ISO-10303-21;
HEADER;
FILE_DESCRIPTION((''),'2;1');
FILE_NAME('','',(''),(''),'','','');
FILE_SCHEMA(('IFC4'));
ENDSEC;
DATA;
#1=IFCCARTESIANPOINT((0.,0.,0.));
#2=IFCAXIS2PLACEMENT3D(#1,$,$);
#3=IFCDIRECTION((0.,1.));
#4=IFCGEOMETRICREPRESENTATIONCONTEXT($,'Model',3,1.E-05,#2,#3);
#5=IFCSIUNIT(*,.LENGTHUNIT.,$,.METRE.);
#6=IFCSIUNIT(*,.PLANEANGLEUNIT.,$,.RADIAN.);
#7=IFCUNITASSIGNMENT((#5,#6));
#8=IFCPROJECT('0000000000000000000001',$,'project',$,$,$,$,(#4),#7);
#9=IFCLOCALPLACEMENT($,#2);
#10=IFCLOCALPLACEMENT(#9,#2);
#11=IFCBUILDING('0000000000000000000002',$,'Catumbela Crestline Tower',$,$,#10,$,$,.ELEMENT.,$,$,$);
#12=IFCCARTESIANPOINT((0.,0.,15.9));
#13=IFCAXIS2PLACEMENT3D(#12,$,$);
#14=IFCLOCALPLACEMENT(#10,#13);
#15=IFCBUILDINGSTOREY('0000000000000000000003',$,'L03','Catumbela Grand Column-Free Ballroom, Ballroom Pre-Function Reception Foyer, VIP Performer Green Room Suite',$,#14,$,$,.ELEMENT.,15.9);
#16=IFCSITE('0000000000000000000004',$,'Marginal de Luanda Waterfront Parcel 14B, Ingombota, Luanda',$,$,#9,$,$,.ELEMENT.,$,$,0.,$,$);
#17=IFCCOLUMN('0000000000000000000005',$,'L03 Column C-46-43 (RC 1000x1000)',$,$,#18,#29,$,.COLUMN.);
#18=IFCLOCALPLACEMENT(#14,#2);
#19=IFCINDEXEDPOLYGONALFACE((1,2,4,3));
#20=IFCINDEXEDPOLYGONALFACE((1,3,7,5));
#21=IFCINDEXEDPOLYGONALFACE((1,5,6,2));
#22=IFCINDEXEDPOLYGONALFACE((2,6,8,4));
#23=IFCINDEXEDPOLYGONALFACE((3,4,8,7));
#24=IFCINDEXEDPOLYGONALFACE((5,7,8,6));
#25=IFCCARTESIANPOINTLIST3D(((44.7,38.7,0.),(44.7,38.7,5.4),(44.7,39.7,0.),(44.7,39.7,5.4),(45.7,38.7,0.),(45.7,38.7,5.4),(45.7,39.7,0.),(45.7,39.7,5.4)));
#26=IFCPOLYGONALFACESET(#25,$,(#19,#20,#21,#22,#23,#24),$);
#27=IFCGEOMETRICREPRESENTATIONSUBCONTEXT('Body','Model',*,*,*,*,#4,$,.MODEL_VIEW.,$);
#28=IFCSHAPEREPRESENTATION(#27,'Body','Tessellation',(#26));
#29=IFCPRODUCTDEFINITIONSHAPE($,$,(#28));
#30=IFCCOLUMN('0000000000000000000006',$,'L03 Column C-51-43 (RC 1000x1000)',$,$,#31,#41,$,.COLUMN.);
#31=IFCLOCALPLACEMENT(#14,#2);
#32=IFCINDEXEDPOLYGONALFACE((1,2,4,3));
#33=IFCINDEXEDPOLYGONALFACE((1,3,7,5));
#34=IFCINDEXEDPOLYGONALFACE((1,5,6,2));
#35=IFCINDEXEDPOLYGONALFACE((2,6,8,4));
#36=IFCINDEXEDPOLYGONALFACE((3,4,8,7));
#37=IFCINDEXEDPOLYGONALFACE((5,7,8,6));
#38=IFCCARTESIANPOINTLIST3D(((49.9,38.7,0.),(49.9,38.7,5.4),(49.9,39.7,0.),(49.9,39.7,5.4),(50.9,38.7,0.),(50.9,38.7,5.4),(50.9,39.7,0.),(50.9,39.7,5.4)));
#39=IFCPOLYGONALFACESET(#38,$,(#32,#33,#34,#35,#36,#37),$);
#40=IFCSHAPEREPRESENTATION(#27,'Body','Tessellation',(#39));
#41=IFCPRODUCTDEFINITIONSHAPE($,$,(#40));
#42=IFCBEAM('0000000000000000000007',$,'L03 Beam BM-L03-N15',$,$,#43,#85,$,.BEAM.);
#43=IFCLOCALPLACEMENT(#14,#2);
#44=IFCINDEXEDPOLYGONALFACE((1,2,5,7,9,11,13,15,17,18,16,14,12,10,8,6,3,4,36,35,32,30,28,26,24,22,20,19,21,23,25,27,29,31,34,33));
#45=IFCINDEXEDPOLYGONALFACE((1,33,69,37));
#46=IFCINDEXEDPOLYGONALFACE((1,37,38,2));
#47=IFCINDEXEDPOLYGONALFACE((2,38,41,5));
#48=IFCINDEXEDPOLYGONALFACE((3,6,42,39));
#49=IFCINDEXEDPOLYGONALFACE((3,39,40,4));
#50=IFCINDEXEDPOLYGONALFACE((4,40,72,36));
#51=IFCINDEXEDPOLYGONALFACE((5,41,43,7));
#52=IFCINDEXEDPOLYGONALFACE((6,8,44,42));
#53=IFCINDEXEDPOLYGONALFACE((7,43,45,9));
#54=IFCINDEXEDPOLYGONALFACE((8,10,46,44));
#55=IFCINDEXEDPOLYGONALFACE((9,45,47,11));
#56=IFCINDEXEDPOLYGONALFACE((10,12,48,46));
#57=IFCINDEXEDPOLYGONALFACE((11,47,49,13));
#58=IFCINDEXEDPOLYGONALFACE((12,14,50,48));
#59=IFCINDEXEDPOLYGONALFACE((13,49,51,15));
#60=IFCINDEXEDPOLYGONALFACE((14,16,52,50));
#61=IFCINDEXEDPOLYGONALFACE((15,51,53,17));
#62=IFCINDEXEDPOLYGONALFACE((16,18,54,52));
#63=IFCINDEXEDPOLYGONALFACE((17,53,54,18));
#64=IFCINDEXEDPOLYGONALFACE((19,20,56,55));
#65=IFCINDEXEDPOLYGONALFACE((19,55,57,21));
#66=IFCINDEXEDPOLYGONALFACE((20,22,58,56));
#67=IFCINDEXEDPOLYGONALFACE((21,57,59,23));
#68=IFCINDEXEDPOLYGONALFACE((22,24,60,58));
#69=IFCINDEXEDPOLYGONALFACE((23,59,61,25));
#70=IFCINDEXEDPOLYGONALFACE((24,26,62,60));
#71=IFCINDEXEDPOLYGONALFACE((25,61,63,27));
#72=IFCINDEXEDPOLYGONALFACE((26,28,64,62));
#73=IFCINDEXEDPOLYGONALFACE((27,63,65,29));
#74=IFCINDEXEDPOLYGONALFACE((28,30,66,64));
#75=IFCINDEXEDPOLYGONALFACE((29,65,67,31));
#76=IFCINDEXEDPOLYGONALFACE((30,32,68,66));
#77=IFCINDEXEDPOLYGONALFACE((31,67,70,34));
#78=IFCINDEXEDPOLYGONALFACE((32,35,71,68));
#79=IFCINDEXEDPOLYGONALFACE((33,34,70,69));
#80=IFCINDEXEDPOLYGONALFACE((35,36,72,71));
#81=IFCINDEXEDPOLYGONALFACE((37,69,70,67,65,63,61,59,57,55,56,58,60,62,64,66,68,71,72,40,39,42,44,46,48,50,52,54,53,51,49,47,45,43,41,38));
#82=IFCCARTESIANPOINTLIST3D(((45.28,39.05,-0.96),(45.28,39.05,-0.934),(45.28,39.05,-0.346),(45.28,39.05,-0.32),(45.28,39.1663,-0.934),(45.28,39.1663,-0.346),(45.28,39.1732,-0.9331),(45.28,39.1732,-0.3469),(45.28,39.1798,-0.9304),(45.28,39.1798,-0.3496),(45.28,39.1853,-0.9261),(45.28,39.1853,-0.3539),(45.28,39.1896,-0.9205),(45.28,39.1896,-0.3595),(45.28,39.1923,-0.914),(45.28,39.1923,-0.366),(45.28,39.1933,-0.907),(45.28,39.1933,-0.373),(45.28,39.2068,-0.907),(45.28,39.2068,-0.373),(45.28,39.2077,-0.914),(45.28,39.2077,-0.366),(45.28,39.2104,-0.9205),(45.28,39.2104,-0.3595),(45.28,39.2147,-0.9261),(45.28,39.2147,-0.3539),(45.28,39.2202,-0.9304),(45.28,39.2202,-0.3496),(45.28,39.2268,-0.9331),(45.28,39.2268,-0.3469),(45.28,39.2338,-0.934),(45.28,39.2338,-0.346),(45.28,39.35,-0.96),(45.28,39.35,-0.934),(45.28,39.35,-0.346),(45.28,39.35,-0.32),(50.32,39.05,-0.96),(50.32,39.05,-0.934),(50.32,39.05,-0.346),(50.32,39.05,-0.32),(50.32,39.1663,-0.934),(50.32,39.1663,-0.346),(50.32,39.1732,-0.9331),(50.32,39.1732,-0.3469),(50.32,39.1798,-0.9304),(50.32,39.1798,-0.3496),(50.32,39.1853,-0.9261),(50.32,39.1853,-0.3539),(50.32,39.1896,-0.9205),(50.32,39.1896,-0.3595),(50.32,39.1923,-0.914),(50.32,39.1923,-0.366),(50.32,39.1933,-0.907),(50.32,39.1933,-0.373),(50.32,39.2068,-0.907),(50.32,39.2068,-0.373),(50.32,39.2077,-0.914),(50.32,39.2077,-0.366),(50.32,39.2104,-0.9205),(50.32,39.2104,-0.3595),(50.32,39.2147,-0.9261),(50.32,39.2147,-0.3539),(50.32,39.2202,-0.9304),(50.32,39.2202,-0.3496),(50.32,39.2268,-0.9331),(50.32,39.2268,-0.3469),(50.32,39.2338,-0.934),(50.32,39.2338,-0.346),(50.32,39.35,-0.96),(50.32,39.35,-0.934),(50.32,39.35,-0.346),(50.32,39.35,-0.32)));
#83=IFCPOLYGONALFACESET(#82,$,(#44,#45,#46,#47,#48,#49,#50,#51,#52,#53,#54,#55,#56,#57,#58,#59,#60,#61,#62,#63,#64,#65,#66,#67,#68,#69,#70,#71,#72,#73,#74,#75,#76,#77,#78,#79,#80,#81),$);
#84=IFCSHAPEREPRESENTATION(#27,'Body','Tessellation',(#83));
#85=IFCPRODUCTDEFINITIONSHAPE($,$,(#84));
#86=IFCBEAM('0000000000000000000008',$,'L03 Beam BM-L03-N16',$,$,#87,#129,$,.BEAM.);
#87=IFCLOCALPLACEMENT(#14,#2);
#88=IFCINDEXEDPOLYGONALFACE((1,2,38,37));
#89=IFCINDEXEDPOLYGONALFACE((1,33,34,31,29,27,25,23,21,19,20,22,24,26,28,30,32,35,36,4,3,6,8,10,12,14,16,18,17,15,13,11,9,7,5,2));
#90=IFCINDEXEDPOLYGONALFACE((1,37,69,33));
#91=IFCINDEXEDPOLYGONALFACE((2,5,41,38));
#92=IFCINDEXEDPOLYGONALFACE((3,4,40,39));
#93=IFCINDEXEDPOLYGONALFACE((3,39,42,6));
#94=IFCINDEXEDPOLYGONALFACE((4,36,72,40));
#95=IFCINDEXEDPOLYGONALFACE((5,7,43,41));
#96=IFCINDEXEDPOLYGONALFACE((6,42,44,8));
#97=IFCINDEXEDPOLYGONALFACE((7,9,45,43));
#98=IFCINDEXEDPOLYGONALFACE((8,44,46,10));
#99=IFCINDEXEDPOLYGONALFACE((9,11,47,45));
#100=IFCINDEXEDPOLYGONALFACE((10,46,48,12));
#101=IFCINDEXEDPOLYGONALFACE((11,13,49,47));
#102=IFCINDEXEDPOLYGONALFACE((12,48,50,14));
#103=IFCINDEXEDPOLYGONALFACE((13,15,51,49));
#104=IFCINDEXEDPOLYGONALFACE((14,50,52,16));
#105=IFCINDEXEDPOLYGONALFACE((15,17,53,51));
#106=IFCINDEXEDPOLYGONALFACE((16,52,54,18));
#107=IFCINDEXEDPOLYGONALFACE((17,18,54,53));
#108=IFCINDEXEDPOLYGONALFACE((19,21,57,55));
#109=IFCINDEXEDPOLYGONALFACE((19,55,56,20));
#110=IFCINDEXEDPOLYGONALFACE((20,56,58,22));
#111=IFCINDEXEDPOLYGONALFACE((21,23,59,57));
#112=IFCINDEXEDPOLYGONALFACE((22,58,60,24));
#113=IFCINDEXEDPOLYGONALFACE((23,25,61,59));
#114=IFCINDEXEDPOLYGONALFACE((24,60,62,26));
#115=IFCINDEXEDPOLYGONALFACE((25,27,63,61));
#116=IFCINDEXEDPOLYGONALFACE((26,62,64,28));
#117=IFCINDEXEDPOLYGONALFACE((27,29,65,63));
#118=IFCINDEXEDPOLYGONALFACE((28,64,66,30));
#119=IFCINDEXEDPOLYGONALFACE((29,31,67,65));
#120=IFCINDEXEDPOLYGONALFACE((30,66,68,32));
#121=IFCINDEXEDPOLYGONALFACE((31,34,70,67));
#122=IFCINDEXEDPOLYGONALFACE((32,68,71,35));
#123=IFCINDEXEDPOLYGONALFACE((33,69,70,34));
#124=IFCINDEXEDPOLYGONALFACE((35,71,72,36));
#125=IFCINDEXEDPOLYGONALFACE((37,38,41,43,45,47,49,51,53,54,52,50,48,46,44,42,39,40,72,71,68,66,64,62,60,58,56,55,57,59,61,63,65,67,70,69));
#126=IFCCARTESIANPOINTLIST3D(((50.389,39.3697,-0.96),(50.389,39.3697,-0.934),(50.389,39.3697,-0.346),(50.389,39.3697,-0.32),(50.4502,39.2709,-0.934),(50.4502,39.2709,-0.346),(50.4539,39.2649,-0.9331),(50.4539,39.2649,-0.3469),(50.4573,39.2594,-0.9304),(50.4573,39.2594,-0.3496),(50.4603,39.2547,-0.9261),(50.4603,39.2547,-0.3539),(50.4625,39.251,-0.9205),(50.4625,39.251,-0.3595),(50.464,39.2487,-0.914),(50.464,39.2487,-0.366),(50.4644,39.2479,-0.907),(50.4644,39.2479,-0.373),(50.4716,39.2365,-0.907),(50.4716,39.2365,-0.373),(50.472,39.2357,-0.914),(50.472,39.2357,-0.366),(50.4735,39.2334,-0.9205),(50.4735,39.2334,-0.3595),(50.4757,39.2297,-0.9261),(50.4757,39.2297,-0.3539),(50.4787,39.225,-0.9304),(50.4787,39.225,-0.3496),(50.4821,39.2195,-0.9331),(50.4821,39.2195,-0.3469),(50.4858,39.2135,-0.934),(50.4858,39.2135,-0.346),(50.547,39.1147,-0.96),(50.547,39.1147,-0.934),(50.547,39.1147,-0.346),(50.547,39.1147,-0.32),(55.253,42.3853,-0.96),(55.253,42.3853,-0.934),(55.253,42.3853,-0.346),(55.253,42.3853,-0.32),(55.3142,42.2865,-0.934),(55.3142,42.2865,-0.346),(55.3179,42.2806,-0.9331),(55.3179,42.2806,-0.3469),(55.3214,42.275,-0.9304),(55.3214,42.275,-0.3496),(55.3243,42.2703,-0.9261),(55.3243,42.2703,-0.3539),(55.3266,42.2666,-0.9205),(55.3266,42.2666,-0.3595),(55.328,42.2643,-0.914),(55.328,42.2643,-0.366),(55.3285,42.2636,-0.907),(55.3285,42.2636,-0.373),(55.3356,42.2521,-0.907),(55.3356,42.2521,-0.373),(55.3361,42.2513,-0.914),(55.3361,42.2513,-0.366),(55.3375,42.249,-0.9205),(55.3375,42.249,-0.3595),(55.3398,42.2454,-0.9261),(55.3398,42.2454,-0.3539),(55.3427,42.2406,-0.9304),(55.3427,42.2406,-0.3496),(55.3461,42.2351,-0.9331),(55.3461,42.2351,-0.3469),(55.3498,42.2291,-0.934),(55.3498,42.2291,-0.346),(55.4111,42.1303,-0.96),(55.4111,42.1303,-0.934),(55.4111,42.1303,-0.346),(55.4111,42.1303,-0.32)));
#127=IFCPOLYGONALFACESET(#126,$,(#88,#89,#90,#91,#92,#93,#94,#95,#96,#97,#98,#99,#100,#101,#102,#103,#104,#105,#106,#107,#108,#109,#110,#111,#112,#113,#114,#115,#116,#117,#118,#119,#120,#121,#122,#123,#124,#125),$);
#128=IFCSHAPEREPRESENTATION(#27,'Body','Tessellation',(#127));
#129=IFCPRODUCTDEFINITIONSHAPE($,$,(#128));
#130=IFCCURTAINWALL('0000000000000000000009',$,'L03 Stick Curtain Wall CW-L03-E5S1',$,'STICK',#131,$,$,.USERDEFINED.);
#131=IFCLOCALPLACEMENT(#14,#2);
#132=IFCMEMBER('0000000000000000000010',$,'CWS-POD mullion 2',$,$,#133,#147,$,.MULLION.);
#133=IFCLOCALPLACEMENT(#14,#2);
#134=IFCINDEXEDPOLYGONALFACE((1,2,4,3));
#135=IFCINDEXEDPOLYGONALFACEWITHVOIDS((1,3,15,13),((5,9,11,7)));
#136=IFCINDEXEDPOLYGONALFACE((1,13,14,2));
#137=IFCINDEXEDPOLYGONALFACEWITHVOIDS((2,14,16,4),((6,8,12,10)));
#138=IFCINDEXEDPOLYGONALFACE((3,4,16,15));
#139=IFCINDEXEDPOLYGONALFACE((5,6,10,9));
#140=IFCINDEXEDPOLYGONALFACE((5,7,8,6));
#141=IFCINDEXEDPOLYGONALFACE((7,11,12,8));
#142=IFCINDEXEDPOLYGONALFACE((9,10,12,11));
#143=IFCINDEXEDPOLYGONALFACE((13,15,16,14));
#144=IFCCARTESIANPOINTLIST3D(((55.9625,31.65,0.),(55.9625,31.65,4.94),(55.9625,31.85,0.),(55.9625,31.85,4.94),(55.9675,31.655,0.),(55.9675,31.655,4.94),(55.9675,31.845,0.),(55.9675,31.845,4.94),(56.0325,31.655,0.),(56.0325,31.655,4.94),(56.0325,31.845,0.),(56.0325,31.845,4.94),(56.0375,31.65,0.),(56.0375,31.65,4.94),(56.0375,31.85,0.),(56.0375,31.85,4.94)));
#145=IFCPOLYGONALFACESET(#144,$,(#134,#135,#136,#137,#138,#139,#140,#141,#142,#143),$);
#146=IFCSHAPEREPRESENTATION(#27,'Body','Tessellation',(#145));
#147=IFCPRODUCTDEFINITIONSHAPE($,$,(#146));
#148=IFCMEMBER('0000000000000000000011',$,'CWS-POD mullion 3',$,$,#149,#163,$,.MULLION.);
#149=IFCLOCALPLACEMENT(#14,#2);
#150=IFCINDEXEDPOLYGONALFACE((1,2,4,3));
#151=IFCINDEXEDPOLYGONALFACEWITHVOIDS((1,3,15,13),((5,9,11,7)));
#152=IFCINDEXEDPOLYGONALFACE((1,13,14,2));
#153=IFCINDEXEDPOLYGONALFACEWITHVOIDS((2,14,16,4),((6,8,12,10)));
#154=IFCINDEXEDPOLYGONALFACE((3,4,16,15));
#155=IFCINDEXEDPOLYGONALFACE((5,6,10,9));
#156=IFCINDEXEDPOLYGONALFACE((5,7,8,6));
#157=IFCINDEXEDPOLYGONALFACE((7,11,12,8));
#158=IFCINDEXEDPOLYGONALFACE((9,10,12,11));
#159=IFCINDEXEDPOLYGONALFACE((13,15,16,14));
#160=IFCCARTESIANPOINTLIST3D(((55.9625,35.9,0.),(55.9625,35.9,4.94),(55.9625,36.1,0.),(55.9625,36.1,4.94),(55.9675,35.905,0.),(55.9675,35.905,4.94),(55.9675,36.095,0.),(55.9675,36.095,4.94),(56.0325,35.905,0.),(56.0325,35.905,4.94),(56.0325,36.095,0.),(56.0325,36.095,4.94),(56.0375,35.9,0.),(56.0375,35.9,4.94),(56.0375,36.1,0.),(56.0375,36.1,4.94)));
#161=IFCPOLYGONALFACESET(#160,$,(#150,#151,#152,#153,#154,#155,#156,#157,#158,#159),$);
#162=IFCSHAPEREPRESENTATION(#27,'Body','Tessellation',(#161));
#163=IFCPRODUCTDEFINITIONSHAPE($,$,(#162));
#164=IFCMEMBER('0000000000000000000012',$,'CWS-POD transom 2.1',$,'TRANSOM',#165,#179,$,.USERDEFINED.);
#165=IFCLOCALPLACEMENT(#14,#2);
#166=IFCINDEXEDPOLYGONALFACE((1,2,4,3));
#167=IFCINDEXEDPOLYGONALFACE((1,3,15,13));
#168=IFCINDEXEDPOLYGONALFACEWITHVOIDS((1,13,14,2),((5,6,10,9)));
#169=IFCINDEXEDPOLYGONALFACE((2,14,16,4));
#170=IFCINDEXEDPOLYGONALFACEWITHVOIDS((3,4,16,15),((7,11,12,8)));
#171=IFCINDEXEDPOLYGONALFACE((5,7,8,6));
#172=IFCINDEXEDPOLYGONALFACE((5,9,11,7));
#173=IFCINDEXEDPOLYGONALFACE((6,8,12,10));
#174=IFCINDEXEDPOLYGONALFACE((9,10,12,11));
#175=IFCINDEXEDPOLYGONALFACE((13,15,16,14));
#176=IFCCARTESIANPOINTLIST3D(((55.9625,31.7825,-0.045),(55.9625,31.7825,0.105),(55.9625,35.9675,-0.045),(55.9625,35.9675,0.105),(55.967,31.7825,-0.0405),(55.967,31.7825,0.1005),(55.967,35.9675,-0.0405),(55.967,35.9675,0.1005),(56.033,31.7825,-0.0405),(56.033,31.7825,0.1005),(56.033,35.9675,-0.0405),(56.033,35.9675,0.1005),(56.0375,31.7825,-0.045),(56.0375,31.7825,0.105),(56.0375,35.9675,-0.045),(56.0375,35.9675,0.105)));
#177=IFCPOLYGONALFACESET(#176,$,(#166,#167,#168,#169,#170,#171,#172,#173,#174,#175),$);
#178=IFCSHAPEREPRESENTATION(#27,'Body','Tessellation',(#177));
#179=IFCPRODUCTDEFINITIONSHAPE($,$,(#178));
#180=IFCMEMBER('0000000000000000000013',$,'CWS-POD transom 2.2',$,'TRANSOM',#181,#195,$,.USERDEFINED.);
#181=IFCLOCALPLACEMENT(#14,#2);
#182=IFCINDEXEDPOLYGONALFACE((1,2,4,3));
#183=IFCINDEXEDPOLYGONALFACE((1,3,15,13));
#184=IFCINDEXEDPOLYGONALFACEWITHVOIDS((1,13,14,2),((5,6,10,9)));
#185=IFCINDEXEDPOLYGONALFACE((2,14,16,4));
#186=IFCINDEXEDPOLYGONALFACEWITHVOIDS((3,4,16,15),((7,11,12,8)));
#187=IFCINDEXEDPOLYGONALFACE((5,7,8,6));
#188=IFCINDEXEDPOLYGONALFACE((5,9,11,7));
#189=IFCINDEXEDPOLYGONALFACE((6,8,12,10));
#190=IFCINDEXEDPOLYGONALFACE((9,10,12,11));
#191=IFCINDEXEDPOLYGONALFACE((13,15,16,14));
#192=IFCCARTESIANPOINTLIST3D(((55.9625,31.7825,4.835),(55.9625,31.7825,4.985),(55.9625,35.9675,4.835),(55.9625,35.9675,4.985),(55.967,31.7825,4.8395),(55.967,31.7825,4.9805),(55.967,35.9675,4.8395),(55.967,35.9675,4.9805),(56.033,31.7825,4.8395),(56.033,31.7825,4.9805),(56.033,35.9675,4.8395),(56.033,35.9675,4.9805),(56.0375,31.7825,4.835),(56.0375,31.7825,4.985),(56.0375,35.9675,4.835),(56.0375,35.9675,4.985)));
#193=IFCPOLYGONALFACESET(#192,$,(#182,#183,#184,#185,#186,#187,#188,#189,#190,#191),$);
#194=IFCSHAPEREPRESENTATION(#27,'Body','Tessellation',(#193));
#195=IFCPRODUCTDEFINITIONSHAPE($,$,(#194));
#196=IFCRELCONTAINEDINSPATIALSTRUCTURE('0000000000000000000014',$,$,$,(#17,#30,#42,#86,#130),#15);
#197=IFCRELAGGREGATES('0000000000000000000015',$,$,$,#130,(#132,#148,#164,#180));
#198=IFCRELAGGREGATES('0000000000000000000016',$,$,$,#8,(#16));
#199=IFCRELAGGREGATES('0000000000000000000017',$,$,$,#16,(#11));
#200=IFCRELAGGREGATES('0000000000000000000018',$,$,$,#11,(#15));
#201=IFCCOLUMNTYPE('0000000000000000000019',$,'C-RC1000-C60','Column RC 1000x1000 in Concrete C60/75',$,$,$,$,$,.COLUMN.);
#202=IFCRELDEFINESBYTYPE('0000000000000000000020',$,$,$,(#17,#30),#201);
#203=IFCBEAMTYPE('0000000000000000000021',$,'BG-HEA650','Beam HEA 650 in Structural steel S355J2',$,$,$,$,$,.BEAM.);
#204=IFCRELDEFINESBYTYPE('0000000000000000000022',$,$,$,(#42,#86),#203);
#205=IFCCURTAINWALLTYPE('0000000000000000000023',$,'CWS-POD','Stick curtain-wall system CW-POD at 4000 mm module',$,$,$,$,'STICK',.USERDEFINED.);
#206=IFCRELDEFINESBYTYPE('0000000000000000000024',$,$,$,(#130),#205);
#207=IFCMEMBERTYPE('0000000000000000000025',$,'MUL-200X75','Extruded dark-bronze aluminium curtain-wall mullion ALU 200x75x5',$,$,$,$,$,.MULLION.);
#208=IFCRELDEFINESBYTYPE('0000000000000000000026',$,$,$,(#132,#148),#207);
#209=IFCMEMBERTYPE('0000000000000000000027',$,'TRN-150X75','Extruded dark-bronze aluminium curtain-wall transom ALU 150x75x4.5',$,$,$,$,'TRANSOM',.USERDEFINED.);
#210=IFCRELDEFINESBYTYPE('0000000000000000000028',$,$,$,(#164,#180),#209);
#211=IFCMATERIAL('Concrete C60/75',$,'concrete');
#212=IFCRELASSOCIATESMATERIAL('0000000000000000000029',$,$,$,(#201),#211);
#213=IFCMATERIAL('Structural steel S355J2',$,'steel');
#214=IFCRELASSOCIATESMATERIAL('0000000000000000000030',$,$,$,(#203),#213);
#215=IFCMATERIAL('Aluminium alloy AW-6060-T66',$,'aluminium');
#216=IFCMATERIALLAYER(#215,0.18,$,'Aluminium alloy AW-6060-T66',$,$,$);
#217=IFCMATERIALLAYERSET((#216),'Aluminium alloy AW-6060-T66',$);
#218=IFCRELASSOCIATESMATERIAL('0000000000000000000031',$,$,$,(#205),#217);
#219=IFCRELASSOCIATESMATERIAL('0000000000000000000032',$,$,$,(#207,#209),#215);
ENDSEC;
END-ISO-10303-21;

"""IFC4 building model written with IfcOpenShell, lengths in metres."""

from ifc_helpers import new_model, si_unit, direction, frame, origin, origin_2d, place, context, subcontext, project, spatial, rectangle, hollow_rectangle, i_section, extrude, material, layer, layer_set, material_profile, profile_set, type_object, element, aggregate, save


model = new_model("IFC4")

# Units and contexts
model_context = context("Model", 3, precision=1e-05, world=origin(), true_north=direction((0.0, 1.0)))
body_context = subcontext(model_context, "Body", "Model", "MODEL_VIEW")
ifc_project = project(units=[si_unit("LENGTHUNIT", "METRE"), si_unit("PLANEANGLEUNIT", "RADIAN")], contexts=[model_context])

# Site, building, storey
site_placement = place(None, origin())
site = spatial("IfcSite", under=ifc_project, at=site_placement, Name="Marginal de Luanda Waterfront Parcel 14B, Ingombota, Luanda", CompositionType="ELEMENT", RefElevation=0.0)
building_placement = place(site_placement, origin())
building = spatial("IfcBuilding", under=site, at=building_placement, Name="Catumbela Crestline Tower", CompositionType="ELEMENT")
storey_placement = place(building_placement, frame((0.0, 0.0, 15.9)))
storey = spatial("IfcBuildingStorey", under=building, at=storey_placement, Name="L03", Description="Catumbela Grand Column-Free Ballroom, Ballroom Pre-Function Reception Foyer, VIP Performer Green Room Suite", CompositionType="ELEMENT", Elevation=15.9)

# Columns
ifc_material_1 = material(Name="Concrete C60/75", Category="concrete")
ifc_material_profile_1 = material_profile(ifc_material_1, rectangle(XDim=1.0, YDim=1.0, at=origin_2d()), Name="RC 1000x1000")
ifc_profile_set_1 = profile_set([ifc_material_profile_1], Name="Concrete C60/75")
column_type = type_object("IfcColumnType", Name="C-RC1000-C60", Description="Column RC 1000x1000 in Concrete C60/75", PredefinedType="COLUMN", material=ifc_profile_set_1)
for number, where, z_axis, x_axis, name in (
    (1, (45.2, 39.2, 0.0), (0.0, 0.0, 1.0), (1.0, 0.0, 0.0), "L03 Column C-46-43 (RC 1000x1000)"),
    (2, (50.4, 39.2, 0.0), (0.0, 0.0, 1.0), (1.0, 0.0, 0.0), "L03 Column C-51-43 (RC 1000x1000)"),
):
    element("IfcColumn", number, at=place(storey_placement, frame(where, z_axis=z_axis, x_axis=x_axis)), inside=storey, type_object=column_type, Name=name, PredefinedType="COLUMN", context=body_context, shape_type="SweptSolid", body=[
        extrude(rectangle(XDim=1.0, YDim=1.0, at=origin_2d()), origin(), (0.0, 0.0, 1.0), 5.4),
    ])

# Beams
ifc_material_2 = material(Name="Structural steel S355J2", Category="steel")
ifc_material_profile_2 = material_profile(ifc_material_2, i_section(OverallWidth=0.3, OverallDepth=0.64, WebThickness=0.0135, FlangeThickness=0.026, FilletRadius=0.027, at=origin_2d()), Name="HEA 650")
ifc_profile_set_2 = profile_set([ifc_material_profile_2], Name="Structural steel S355J2")
beam_type = type_object("IfcBeamType", Name="BG-HEA650", Description="Beam HEA 650 in Structural steel S355J2", PredefinedType="BEAM", material=ifc_profile_set_2)
beam_1_placement = place(storey_placement, frame((45.28, 39.2, -0.64), z_axis=(1.0, 0.0, 0.0), x_axis=(0.0, 1.0, 0.0)))
element("IfcBeam", 3, at=beam_1_placement, inside=storey, type_object=beam_type, Name="L03 Beam BM-L03-N15", PredefinedType="BEAM", context=body_context, shape_type="SweptSolid", body=[
    extrude(i_section(OverallWidth=0.3, OverallDepth=0.64, WebThickness=0.0135, FlangeThickness=0.026, FilletRadius=0.027, at=origin_2d()), origin(), (0.0, 0.0, 1.0), 5.04),
])
beam_2_placement = place(storey_placement, frame((50.468, 39.2422, -0.64), z_axis=(0.849909, 0.52693, 0.0), x_axis=(-0.52693, 0.849909, 0.0)))
element("IfcBeam", 4, at=beam_2_placement, inside=storey, type_object=beam_type, Name="L03 Beam BM-L03-N16", PredefinedType="BEAM", context=body_context, shape_type="SweptSolid", body=[
    extrude(i_section(OverallWidth=0.3, OverallDepth=0.64, WebThickness=0.0135, FlangeThickness=0.026, FilletRadius=0.027, at=origin_2d()), origin(), (0.0, 0.0, 1.0), 5.723),
])

# Curtain wall, members
ifc_material_3 = material(Name="Aluminium alloy AW-6060-T66", Category="aluminium")
ifc_layer_1 = layer(ifc_material_3, 0.18, Name="Aluminium alloy AW-6060-T66")
ifc_layer_set_1 = layer_set([ifc_layer_1], Name="Aluminium alloy AW-6060-T66")
curtain_wall_type = type_object("IfcCurtainWallType", Name="CWS-POD", Description="Stick curtain-wall system CW-POD at 4000 mm module", ElementType="STICK", PredefinedType="USERDEFINED", material=ifc_layer_set_1)
curtain_wall_placement = place(storey_placement, origin())
curtain_wall = element("IfcCurtainWall", 5, at=curtain_wall_placement, inside=storey, type_object=curtain_wall_type, Name="L03 Stick Curtain Wall CW-L03-E5S1", ObjectType="STICK", PredefinedType="USERDEFINED")
ifc_material_profile_3 = material_profile(ifc_material_3, hollow_rectangle(XDim=0.075, YDim=0.2, WallThickness=0.005, at=origin_2d()), Name="ALU 200x75x5")
ifc_profile_set_3 = profile_set([ifc_material_profile_3], Name="Aluminium alloy AW-6060-T66")
member_type_1 = type_object("IfcMemberType", Name="MUL-200X75", Description="Extruded dark-bronze aluminium curtain-wall mullion ALU 200x75x5", PredefinedType="MULLION", material=ifc_profile_set_3)
member_1_placement = place(storey_placement, frame((56.0, 31.75, 0.0), z_axis=(0.0, 0.0, 1.0), x_axis=(-1.0, 0.0, 0.0)))
member_1 = element("IfcMember", 6, at=member_1_placement, type_object=member_type_1, Name="CWS-POD mullion 2", PredefinedType="MULLION", context=body_context, shape_type="SweptSolid", body=[
    extrude(hollow_rectangle(XDim=0.075, YDim=0.2, WallThickness=0.005, at=origin_2d()), origin(), (0.0, 0.0, 1.0), 4.94),
])
member_2_placement = place(storey_placement, frame((56.0, 36.0, 0.0), z_axis=(0.0, 0.0, 1.0), x_axis=(-1.0, 0.0, 0.0)))
member_2 = element("IfcMember", 7, at=member_2_placement, type_object=member_type_1, Name="CWS-POD mullion 3", PredefinedType="MULLION", context=body_context, shape_type="SweptSolid", body=[
    extrude(hollow_rectangle(XDim=0.075, YDim=0.2, WallThickness=0.005, at=origin_2d()), origin(), (0.0, 0.0, 1.0), 4.94),
])
ifc_material_profile_4 = material_profile(ifc_material_3, hollow_rectangle(XDim=0.075, YDim=0.15, WallThickness=0.0045, at=origin_2d()), Name="ALU 150x75x4.5")
ifc_profile_set_4 = profile_set([ifc_material_profile_4], Name="Aluminium alloy AW-6060-T66")
member_type_2 = type_object("IfcMemberType", Name="TRN-150X75", Description="Extruded dark-bronze aluminium curtain-wall transom ALU 150x75x4.5", ElementType="TRANSOM", PredefinedType="USERDEFINED", material=ifc_profile_set_4)
member_3_placement = place(storey_placement, frame((56.0, 31.7825, 0.03), z_axis=(0.0, 1.0, 0.0), x_axis=(-1.0, 0.0, 0.0)))
member_3 = element("IfcMember", 8, at=member_3_placement, type_object=member_type_2, Name="CWS-POD transom 2.1", ObjectType="TRANSOM", PredefinedType="USERDEFINED", context=body_context, shape_type="SweptSolid", body=[
    extrude(hollow_rectangle(XDim=0.075, YDim=0.15, WallThickness=0.0045, at=origin_2d()), origin(), (0.0, 0.0, 1.0), 4.185),
])
member_4_placement = place(storey_placement, frame((56.0, 31.7825, 4.91), z_axis=(0.0, 1.0, 0.0), x_axis=(-1.0, 0.0, 0.0)))
member_4 = element("IfcMember", 9, at=member_4_placement, type_object=member_type_2, Name="CWS-POD transom 2.2", ObjectType="TRANSOM", PredefinedType="USERDEFINED", context=body_context, shape_type="SweptSolid", body=[
    extrude(hollow_rectangle(XDim=0.075, YDim=0.15, WallThickness=0.0045, at=origin_2d()), origin(), (0.0, 0.0, 1.0), 4.185),
])
aggregate(curtain_wall, [member_1, member_2, member_3, member_4])

save(model, "model.ifc")
